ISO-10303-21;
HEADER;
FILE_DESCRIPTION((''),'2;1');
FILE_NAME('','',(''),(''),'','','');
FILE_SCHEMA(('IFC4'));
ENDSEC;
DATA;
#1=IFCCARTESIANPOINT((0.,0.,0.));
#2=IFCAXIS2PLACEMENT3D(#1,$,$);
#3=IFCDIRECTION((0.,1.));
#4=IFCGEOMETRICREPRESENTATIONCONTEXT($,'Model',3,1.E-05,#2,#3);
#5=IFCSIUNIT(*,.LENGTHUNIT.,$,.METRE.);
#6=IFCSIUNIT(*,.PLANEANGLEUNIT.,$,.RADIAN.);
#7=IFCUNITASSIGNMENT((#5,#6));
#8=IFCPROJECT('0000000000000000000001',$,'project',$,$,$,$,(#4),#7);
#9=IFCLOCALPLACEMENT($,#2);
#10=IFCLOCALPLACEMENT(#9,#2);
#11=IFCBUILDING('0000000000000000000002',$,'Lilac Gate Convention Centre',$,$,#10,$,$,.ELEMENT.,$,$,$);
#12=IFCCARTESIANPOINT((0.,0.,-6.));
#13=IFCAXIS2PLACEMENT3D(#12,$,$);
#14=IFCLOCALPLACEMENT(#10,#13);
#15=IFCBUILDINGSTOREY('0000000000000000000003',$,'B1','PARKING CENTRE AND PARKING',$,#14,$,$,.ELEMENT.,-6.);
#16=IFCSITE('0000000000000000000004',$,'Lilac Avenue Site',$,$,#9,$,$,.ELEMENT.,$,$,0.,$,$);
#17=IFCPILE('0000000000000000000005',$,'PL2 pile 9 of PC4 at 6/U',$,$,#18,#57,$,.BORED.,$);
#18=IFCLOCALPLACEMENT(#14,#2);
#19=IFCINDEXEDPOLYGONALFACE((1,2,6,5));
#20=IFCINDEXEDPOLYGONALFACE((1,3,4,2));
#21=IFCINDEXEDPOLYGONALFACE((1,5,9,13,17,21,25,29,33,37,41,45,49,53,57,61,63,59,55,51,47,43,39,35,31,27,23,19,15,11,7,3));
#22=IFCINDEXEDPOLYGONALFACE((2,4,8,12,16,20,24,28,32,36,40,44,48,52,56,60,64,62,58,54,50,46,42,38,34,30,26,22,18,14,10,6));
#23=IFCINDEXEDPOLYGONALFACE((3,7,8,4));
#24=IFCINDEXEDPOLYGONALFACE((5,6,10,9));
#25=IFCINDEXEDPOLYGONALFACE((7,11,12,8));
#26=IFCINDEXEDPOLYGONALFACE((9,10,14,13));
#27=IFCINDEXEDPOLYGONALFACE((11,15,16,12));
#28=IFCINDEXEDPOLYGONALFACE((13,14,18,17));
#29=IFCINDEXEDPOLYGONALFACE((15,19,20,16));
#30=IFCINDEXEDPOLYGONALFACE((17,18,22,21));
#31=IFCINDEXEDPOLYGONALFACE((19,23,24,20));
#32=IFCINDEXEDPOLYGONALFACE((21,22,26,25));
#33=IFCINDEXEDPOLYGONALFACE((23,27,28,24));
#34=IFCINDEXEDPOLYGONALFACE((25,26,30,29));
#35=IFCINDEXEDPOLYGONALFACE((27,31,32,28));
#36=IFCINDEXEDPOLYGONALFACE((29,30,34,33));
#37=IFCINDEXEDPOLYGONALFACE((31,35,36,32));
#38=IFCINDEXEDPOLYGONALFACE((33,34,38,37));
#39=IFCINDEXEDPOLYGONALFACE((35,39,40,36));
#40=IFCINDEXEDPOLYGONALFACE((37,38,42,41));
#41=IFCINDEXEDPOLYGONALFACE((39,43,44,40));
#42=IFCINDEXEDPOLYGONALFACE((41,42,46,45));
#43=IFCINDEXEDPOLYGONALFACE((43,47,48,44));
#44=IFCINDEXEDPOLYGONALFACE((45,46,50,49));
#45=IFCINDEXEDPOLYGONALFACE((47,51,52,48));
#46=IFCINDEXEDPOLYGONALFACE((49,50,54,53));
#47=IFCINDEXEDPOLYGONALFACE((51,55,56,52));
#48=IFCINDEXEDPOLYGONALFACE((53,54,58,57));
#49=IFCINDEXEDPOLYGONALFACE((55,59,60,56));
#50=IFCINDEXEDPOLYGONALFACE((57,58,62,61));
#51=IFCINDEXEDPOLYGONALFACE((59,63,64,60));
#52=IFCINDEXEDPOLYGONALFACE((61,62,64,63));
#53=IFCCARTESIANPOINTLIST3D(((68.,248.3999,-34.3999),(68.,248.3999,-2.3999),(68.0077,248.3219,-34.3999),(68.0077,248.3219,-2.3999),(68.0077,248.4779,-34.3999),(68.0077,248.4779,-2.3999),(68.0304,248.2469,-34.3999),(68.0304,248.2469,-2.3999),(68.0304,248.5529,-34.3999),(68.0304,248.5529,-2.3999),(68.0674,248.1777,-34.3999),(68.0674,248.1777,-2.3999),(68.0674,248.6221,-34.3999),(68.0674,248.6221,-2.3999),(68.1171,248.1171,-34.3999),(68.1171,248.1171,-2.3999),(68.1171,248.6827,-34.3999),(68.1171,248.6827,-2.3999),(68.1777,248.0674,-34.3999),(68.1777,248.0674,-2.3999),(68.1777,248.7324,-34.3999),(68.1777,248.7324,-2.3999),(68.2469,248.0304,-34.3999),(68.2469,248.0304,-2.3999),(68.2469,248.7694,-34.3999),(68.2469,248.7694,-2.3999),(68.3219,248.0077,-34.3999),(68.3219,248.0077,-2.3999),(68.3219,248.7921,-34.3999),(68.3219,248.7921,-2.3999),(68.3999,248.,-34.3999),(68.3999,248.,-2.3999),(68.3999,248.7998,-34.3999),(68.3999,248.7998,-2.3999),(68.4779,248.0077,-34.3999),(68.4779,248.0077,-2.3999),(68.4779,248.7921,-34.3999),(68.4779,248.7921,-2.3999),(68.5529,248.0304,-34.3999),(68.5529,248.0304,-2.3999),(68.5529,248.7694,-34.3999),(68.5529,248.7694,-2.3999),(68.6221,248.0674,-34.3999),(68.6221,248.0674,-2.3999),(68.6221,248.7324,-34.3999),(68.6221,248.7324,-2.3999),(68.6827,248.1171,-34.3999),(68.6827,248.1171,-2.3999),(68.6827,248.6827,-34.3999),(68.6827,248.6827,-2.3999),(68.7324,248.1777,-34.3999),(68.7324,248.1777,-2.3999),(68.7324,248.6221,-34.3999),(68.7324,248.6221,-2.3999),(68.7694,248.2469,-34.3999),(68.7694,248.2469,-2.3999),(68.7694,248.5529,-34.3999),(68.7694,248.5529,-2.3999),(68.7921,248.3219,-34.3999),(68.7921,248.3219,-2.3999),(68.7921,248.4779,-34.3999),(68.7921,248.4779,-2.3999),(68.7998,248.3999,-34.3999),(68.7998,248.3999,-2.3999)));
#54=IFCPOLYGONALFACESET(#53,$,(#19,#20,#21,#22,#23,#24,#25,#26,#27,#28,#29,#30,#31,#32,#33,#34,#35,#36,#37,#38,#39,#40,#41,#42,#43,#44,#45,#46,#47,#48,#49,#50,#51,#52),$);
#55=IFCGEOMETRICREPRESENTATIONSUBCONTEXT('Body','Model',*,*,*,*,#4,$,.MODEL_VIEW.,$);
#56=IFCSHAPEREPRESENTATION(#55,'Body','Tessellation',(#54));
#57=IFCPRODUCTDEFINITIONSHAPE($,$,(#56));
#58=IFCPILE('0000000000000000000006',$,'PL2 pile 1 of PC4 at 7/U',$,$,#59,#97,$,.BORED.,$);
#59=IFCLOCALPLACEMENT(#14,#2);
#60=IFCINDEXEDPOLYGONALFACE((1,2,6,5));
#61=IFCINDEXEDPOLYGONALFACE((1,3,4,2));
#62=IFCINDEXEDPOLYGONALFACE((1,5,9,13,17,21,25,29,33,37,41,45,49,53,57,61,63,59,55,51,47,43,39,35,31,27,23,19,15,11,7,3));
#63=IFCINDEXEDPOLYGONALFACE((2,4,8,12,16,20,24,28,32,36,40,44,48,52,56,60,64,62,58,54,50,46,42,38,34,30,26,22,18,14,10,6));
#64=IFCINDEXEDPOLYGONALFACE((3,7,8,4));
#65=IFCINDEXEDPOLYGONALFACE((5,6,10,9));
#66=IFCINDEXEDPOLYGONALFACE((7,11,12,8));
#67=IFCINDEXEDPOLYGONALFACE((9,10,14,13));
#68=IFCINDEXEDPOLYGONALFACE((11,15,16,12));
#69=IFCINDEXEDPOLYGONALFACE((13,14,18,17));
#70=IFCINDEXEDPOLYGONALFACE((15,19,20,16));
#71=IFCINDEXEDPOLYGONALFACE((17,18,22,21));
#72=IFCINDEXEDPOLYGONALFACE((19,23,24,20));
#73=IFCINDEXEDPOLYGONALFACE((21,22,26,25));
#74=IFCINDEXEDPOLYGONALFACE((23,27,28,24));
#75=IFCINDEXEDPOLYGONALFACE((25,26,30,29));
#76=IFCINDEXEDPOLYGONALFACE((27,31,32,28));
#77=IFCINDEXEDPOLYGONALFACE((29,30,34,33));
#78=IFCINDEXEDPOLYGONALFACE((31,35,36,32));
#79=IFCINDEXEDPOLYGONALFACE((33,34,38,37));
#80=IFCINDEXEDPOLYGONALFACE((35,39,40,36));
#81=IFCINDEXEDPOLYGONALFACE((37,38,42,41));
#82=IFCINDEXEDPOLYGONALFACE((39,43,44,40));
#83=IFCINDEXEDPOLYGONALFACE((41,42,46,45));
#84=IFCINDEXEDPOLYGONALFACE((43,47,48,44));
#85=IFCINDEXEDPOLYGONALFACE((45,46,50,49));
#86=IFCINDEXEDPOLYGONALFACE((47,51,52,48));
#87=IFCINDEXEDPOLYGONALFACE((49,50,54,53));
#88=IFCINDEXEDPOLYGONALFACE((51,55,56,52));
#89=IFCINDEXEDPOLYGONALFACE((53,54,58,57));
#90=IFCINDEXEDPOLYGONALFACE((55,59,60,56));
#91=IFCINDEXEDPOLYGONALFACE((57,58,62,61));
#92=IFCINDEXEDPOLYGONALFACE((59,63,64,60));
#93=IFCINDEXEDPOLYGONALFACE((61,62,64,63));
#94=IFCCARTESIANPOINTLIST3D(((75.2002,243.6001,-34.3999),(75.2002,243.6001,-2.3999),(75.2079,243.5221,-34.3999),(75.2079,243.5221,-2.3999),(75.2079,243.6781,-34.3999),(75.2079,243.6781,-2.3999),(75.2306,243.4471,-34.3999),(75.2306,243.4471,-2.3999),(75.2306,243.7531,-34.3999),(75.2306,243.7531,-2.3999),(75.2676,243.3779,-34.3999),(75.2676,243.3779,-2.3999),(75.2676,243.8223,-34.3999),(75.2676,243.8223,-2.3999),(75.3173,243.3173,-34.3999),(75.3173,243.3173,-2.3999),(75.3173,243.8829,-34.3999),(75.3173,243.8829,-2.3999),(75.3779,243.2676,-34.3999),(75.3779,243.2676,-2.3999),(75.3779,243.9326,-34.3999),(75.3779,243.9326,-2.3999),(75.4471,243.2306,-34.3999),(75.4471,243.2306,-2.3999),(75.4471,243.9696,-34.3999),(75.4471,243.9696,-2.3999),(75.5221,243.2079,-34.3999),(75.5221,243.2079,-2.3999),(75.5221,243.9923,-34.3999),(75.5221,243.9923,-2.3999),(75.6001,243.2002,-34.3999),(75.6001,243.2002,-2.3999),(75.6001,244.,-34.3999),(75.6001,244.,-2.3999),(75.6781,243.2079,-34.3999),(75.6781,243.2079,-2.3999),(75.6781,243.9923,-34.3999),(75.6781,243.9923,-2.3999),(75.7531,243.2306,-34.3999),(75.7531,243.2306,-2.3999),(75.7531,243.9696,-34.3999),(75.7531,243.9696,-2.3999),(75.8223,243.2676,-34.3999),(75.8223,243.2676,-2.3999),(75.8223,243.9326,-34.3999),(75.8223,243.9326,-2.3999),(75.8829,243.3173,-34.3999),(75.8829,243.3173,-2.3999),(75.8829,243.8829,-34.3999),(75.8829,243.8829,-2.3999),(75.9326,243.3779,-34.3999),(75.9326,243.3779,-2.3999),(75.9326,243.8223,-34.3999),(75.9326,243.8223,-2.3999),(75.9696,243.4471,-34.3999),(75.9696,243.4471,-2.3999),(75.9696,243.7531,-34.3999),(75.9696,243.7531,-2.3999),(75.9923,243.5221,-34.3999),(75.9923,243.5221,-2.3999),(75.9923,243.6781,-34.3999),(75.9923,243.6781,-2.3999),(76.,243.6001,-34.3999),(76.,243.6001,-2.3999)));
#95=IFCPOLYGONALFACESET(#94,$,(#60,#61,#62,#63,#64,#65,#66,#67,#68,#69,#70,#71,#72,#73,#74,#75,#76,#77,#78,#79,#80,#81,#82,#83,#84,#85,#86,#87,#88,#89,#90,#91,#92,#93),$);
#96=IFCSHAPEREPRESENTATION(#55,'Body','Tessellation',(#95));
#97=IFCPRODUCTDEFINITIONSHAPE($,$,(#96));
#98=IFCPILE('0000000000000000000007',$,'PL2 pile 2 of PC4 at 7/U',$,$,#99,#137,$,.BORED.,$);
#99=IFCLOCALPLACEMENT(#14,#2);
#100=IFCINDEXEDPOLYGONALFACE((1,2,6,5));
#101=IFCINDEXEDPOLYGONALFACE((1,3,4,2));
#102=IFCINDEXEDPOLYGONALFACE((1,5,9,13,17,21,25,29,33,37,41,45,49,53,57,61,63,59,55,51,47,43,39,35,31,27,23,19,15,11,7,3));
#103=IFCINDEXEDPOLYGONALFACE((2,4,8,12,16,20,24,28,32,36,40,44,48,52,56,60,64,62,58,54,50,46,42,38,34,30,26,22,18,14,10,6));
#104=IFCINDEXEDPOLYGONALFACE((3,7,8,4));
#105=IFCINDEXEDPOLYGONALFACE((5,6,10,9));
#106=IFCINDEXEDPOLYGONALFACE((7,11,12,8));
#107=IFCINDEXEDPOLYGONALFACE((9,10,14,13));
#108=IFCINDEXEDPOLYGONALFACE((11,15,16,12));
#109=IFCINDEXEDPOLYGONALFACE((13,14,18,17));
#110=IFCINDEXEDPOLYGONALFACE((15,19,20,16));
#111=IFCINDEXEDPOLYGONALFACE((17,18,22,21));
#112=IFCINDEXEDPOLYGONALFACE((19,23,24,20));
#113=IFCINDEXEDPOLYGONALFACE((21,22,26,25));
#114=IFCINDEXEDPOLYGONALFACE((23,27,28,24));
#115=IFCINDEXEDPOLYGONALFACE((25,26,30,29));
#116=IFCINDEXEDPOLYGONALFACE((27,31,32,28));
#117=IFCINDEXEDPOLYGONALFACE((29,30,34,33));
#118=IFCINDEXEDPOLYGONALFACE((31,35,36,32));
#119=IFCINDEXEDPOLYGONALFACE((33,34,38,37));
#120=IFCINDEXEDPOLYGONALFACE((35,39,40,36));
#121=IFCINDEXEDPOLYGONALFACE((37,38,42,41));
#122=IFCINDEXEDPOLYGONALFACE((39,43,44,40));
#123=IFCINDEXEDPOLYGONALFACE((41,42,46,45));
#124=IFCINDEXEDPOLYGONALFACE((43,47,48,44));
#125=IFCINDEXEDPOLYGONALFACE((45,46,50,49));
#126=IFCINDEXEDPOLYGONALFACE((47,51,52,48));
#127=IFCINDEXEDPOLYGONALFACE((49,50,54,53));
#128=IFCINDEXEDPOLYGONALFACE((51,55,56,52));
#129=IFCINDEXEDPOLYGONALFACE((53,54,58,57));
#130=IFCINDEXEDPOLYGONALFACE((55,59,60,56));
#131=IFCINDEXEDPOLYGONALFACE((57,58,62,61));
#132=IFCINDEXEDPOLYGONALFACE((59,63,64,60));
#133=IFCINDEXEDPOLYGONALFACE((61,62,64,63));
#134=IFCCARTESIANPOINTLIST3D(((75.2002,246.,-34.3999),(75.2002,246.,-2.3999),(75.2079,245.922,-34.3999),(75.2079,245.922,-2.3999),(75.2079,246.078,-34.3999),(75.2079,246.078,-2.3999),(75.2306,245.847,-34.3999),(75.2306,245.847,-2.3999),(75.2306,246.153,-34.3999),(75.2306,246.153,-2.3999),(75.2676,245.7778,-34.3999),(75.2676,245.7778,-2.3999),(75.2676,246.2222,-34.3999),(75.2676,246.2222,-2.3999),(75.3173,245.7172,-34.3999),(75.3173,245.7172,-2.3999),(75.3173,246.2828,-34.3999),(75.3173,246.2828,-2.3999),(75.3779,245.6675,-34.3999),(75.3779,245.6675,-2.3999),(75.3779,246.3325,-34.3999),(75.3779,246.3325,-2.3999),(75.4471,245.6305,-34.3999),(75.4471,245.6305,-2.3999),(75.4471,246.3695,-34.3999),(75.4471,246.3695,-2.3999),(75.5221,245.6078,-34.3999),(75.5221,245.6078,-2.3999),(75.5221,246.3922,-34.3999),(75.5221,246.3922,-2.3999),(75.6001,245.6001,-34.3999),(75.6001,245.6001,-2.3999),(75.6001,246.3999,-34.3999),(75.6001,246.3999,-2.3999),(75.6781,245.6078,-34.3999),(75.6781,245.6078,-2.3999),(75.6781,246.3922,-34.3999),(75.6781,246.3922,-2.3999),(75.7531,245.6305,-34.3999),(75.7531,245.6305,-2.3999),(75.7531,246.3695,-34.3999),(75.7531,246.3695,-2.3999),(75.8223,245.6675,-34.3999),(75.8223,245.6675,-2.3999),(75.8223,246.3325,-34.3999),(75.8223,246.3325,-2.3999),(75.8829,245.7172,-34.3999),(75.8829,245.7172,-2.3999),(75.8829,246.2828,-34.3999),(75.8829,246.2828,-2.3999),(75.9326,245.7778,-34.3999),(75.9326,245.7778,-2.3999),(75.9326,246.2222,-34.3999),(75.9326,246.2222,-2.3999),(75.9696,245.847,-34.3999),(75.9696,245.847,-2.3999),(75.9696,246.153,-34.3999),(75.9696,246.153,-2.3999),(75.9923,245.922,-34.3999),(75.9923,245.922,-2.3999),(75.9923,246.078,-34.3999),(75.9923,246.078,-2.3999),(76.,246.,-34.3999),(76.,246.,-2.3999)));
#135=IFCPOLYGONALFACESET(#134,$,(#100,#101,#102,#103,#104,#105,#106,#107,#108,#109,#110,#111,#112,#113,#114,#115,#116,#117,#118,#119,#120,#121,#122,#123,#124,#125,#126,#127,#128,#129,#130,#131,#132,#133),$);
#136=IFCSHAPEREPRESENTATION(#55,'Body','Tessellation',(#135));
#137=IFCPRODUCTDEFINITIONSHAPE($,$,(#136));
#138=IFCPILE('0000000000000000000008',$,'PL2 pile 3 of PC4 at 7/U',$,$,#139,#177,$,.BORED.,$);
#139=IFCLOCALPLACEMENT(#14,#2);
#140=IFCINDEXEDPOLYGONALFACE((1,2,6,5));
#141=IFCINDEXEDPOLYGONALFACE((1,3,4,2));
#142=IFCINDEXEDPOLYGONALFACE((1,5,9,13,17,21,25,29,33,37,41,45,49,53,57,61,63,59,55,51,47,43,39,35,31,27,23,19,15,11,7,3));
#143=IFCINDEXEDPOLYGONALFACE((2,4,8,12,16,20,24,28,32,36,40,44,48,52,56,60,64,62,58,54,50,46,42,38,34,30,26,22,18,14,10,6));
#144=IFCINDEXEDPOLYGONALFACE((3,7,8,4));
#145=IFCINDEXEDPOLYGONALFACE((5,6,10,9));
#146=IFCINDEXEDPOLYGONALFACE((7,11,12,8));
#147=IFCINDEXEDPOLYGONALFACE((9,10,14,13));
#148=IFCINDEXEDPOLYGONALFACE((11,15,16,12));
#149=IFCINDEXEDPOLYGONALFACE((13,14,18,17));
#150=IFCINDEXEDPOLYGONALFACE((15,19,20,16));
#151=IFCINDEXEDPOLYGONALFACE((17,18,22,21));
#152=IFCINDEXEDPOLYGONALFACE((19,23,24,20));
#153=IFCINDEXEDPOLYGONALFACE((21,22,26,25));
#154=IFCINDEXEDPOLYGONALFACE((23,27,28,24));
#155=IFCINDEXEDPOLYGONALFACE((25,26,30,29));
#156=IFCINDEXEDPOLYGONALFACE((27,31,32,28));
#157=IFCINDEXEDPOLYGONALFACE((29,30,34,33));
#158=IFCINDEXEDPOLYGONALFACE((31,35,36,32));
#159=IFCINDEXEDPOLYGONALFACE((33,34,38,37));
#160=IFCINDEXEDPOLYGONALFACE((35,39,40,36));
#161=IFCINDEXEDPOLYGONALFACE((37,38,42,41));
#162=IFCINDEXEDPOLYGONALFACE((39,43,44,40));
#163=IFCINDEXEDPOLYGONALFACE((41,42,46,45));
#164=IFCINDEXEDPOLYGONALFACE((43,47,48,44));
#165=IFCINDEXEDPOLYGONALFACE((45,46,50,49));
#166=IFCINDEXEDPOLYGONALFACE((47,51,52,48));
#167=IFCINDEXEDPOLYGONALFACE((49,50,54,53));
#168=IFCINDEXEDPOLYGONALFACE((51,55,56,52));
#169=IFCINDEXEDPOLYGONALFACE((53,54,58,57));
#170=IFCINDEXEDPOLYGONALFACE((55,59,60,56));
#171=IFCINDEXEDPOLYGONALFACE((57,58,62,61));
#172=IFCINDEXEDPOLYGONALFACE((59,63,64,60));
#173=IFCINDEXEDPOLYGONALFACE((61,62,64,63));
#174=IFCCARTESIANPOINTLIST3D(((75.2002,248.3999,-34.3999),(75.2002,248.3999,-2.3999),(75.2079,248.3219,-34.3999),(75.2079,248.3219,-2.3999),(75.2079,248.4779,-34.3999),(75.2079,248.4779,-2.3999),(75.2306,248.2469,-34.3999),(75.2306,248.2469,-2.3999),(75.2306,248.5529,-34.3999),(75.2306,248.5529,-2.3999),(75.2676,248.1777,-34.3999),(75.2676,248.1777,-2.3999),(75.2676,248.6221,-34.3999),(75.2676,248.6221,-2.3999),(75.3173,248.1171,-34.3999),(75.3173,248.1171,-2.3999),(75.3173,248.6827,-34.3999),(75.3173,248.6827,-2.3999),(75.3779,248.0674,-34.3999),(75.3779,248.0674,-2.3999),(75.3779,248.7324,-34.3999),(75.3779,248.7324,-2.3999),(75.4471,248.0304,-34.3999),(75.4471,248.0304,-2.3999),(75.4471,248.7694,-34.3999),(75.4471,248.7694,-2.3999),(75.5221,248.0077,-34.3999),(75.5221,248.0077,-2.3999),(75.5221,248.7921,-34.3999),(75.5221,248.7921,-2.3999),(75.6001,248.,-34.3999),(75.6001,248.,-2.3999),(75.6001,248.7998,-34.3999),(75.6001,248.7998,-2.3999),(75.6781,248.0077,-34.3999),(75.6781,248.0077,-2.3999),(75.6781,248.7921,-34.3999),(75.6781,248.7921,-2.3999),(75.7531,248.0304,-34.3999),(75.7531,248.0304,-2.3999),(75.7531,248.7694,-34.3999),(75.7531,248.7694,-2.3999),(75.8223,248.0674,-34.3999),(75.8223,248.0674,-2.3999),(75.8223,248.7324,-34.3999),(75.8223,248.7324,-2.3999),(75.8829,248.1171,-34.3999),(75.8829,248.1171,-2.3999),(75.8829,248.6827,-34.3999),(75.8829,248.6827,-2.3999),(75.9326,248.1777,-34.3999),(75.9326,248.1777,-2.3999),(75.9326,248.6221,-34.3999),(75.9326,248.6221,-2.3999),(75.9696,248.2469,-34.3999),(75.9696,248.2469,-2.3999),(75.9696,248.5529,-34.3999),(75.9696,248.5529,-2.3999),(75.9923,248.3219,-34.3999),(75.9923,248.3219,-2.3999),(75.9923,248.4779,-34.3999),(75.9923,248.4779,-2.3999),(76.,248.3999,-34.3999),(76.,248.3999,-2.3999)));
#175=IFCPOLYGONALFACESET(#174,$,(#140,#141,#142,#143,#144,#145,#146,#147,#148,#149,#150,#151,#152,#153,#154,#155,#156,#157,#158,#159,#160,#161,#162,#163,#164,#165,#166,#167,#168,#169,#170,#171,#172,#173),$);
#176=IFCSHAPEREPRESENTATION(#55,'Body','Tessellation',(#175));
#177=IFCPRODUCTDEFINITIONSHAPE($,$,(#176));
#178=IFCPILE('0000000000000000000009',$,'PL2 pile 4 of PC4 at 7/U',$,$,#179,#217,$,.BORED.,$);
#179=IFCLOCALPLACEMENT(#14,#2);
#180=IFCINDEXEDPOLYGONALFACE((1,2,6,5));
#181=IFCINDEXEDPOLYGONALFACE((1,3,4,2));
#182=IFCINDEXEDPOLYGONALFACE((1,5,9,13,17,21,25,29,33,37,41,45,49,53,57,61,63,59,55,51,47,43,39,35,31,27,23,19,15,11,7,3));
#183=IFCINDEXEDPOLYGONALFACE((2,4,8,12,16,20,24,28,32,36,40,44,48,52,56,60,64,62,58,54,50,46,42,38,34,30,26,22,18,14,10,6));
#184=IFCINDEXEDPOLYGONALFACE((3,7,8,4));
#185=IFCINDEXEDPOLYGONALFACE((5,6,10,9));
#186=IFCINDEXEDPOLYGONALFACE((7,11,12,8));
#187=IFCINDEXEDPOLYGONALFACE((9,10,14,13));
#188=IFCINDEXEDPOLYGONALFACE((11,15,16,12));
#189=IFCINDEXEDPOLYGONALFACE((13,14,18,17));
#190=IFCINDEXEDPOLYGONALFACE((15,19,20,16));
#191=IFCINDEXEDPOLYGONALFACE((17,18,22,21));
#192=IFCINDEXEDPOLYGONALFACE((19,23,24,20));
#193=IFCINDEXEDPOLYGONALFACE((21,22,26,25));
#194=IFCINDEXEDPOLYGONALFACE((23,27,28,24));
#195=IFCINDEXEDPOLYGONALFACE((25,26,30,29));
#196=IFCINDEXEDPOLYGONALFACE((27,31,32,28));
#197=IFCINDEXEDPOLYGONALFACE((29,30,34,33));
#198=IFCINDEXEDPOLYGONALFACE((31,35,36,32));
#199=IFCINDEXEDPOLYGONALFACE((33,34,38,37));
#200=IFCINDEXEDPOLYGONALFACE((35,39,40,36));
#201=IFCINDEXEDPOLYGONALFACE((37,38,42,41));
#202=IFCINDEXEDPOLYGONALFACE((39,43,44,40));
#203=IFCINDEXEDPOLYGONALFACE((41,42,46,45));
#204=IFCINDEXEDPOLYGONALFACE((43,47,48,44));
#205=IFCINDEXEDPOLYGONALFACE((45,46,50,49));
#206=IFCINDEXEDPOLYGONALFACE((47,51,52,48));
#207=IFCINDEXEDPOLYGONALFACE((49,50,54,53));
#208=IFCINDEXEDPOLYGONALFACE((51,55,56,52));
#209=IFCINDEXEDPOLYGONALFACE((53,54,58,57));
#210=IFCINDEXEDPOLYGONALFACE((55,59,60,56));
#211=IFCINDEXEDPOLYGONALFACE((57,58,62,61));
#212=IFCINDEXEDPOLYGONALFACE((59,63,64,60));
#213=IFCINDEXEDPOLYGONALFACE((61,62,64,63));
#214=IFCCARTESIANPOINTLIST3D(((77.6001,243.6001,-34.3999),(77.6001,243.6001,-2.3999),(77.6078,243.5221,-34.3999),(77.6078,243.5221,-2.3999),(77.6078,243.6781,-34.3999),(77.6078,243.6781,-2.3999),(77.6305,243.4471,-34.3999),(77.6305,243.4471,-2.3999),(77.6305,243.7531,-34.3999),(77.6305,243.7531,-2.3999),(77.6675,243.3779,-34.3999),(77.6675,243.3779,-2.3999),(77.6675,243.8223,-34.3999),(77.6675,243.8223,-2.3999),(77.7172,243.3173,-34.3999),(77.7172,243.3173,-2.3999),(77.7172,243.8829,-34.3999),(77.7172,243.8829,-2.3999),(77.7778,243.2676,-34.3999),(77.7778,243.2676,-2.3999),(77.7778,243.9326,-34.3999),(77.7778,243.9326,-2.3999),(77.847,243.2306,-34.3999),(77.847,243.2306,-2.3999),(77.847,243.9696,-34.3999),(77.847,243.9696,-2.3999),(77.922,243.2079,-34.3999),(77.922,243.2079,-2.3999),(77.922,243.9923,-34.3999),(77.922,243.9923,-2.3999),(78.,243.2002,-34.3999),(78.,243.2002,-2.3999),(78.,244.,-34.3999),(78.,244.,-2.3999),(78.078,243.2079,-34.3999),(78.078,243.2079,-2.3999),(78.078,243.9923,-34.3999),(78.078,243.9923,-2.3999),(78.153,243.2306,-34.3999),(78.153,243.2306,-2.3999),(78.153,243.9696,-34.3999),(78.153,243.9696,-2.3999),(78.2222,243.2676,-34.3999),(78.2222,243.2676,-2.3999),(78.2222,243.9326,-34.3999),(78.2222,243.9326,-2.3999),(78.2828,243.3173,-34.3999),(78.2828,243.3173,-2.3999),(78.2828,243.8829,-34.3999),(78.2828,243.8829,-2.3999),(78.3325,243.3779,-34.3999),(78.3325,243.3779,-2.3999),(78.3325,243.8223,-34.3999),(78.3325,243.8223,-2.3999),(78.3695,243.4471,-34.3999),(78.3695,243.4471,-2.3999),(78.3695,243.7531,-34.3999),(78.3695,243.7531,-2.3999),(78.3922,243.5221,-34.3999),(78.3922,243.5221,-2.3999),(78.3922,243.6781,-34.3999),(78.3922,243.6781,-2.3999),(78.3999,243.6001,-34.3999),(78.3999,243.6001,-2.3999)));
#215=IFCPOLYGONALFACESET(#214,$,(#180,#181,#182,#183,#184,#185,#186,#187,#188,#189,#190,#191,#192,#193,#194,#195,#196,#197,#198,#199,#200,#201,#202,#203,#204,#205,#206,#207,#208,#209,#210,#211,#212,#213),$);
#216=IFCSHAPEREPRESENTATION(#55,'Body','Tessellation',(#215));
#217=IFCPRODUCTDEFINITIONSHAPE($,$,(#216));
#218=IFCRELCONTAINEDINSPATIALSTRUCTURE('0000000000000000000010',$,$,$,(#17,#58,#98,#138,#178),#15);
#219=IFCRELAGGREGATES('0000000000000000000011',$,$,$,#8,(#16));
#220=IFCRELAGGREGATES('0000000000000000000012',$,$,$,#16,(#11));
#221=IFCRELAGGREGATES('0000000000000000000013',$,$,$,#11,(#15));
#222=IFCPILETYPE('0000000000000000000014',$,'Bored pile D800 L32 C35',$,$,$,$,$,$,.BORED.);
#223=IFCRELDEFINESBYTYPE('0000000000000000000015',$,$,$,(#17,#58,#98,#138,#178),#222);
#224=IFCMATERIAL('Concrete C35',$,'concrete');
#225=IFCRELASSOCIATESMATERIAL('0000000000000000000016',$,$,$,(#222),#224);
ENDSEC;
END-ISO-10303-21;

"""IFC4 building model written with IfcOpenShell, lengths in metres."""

from ifc_helpers import new_model, si_unit, direction, frame, origin, origin_2d, place, context, subcontext, project, spatial, circle, extrude, material, material_profile, profile_set, type_object, element, save


model = new_model("IFC4")

# Units and contexts
model_context = context("Model", 3, precision=1e-05, world=origin(), true_north=direction((0.0, 1.0)))
body_context = subcontext(model_context, "Body", "Model", "MODEL_VIEW")
ifc_project = project(units=[si_unit("LENGTHUNIT", "METRE"), si_unit("PLANEANGLEUNIT", "RADIAN")], contexts=[model_context])

# Site, building, storey
site_placement = place(None, origin())
site = spatial("IfcSite", under=ifc_project, at=site_placement, Name="Lilac Avenue Site", CompositionType="ELEMENT", RefElevation=0.0)
building_placement = place(site_placement, origin())
building = spatial("IfcBuilding", under=site, at=building_placement, Name="Lilac Gate Convention Centre", CompositionType="ELEMENT")
storey_placement = place(building_placement, frame((0.0, 0.0, -6.0)))
storey = spatial("IfcBuildingStorey", under=building, at=storey_placement, Name="B1", Description="PARKING CENTRE AND PARKING", CompositionType="ELEMENT", Elevation=-6.0)

# Piles
ifc_material_1 = material(Name="Concrete C35", Category="concrete")
ifc_material_profile_1 = material_profile(ifc_material_1, circle(Radius=0.3999, at=origin_2d()), Name="D800")
ifc_profile_set_1 = profile_set([ifc_material_profile_1], Name="Concrete C35")
pile_type = type_object("IfcPileType", Name="Bored pile D800 L32 C35", PredefinedType="BORED", material=ifc_profile_set_1)
for number, where, z_axis, x_axis, name in (
    (1, (68.3999, 248.3999, -2.3999), (0.0, 0.0, -1.0), (1.0, 0.0, 0.0), "PL2 pile 9 of PC4 at 6/U"),
    (2, (75.6001, 243.6001, -2.3999), (0.0, 0.0, -1.0), (1.0, 0.0, 0.0), "PL2 pile 1 of PC4 at 7/U"),
    (3, (75.6001, 246.0, -2.3999), (0.0, 0.0, -1.0), (1.0, 0.0, 0.0), "PL2 pile 2 of PC4 at 7/U"),
    (4, (75.6001, 248.3999, -2.3999), (0.0, 0.0, -1.0), (1.0, 0.0, 0.0), "PL2 pile 3 of PC4 at 7/U"),
    (5, (78.0, 243.6001, -2.3999), (0.0, 0.0, -1.0), (1.0, 0.0, 0.0), "PL2 pile 4 of PC4 at 7/U"),
):
    element("IfcPile", number, at=place(storey_placement, frame(where, z_axis=z_axis, x_axis=x_axis)), inside=storey, type_object=pile_type, Name=name, PredefinedType="BORED", context=body_context, shape_type="SweptSolid", body=[
        extrude(circle(Radius=0.3999, at=origin_2d()), origin(), (0.0, 0.0, 1.0), 32.0),
    ])

save(model, "model.ifc")
